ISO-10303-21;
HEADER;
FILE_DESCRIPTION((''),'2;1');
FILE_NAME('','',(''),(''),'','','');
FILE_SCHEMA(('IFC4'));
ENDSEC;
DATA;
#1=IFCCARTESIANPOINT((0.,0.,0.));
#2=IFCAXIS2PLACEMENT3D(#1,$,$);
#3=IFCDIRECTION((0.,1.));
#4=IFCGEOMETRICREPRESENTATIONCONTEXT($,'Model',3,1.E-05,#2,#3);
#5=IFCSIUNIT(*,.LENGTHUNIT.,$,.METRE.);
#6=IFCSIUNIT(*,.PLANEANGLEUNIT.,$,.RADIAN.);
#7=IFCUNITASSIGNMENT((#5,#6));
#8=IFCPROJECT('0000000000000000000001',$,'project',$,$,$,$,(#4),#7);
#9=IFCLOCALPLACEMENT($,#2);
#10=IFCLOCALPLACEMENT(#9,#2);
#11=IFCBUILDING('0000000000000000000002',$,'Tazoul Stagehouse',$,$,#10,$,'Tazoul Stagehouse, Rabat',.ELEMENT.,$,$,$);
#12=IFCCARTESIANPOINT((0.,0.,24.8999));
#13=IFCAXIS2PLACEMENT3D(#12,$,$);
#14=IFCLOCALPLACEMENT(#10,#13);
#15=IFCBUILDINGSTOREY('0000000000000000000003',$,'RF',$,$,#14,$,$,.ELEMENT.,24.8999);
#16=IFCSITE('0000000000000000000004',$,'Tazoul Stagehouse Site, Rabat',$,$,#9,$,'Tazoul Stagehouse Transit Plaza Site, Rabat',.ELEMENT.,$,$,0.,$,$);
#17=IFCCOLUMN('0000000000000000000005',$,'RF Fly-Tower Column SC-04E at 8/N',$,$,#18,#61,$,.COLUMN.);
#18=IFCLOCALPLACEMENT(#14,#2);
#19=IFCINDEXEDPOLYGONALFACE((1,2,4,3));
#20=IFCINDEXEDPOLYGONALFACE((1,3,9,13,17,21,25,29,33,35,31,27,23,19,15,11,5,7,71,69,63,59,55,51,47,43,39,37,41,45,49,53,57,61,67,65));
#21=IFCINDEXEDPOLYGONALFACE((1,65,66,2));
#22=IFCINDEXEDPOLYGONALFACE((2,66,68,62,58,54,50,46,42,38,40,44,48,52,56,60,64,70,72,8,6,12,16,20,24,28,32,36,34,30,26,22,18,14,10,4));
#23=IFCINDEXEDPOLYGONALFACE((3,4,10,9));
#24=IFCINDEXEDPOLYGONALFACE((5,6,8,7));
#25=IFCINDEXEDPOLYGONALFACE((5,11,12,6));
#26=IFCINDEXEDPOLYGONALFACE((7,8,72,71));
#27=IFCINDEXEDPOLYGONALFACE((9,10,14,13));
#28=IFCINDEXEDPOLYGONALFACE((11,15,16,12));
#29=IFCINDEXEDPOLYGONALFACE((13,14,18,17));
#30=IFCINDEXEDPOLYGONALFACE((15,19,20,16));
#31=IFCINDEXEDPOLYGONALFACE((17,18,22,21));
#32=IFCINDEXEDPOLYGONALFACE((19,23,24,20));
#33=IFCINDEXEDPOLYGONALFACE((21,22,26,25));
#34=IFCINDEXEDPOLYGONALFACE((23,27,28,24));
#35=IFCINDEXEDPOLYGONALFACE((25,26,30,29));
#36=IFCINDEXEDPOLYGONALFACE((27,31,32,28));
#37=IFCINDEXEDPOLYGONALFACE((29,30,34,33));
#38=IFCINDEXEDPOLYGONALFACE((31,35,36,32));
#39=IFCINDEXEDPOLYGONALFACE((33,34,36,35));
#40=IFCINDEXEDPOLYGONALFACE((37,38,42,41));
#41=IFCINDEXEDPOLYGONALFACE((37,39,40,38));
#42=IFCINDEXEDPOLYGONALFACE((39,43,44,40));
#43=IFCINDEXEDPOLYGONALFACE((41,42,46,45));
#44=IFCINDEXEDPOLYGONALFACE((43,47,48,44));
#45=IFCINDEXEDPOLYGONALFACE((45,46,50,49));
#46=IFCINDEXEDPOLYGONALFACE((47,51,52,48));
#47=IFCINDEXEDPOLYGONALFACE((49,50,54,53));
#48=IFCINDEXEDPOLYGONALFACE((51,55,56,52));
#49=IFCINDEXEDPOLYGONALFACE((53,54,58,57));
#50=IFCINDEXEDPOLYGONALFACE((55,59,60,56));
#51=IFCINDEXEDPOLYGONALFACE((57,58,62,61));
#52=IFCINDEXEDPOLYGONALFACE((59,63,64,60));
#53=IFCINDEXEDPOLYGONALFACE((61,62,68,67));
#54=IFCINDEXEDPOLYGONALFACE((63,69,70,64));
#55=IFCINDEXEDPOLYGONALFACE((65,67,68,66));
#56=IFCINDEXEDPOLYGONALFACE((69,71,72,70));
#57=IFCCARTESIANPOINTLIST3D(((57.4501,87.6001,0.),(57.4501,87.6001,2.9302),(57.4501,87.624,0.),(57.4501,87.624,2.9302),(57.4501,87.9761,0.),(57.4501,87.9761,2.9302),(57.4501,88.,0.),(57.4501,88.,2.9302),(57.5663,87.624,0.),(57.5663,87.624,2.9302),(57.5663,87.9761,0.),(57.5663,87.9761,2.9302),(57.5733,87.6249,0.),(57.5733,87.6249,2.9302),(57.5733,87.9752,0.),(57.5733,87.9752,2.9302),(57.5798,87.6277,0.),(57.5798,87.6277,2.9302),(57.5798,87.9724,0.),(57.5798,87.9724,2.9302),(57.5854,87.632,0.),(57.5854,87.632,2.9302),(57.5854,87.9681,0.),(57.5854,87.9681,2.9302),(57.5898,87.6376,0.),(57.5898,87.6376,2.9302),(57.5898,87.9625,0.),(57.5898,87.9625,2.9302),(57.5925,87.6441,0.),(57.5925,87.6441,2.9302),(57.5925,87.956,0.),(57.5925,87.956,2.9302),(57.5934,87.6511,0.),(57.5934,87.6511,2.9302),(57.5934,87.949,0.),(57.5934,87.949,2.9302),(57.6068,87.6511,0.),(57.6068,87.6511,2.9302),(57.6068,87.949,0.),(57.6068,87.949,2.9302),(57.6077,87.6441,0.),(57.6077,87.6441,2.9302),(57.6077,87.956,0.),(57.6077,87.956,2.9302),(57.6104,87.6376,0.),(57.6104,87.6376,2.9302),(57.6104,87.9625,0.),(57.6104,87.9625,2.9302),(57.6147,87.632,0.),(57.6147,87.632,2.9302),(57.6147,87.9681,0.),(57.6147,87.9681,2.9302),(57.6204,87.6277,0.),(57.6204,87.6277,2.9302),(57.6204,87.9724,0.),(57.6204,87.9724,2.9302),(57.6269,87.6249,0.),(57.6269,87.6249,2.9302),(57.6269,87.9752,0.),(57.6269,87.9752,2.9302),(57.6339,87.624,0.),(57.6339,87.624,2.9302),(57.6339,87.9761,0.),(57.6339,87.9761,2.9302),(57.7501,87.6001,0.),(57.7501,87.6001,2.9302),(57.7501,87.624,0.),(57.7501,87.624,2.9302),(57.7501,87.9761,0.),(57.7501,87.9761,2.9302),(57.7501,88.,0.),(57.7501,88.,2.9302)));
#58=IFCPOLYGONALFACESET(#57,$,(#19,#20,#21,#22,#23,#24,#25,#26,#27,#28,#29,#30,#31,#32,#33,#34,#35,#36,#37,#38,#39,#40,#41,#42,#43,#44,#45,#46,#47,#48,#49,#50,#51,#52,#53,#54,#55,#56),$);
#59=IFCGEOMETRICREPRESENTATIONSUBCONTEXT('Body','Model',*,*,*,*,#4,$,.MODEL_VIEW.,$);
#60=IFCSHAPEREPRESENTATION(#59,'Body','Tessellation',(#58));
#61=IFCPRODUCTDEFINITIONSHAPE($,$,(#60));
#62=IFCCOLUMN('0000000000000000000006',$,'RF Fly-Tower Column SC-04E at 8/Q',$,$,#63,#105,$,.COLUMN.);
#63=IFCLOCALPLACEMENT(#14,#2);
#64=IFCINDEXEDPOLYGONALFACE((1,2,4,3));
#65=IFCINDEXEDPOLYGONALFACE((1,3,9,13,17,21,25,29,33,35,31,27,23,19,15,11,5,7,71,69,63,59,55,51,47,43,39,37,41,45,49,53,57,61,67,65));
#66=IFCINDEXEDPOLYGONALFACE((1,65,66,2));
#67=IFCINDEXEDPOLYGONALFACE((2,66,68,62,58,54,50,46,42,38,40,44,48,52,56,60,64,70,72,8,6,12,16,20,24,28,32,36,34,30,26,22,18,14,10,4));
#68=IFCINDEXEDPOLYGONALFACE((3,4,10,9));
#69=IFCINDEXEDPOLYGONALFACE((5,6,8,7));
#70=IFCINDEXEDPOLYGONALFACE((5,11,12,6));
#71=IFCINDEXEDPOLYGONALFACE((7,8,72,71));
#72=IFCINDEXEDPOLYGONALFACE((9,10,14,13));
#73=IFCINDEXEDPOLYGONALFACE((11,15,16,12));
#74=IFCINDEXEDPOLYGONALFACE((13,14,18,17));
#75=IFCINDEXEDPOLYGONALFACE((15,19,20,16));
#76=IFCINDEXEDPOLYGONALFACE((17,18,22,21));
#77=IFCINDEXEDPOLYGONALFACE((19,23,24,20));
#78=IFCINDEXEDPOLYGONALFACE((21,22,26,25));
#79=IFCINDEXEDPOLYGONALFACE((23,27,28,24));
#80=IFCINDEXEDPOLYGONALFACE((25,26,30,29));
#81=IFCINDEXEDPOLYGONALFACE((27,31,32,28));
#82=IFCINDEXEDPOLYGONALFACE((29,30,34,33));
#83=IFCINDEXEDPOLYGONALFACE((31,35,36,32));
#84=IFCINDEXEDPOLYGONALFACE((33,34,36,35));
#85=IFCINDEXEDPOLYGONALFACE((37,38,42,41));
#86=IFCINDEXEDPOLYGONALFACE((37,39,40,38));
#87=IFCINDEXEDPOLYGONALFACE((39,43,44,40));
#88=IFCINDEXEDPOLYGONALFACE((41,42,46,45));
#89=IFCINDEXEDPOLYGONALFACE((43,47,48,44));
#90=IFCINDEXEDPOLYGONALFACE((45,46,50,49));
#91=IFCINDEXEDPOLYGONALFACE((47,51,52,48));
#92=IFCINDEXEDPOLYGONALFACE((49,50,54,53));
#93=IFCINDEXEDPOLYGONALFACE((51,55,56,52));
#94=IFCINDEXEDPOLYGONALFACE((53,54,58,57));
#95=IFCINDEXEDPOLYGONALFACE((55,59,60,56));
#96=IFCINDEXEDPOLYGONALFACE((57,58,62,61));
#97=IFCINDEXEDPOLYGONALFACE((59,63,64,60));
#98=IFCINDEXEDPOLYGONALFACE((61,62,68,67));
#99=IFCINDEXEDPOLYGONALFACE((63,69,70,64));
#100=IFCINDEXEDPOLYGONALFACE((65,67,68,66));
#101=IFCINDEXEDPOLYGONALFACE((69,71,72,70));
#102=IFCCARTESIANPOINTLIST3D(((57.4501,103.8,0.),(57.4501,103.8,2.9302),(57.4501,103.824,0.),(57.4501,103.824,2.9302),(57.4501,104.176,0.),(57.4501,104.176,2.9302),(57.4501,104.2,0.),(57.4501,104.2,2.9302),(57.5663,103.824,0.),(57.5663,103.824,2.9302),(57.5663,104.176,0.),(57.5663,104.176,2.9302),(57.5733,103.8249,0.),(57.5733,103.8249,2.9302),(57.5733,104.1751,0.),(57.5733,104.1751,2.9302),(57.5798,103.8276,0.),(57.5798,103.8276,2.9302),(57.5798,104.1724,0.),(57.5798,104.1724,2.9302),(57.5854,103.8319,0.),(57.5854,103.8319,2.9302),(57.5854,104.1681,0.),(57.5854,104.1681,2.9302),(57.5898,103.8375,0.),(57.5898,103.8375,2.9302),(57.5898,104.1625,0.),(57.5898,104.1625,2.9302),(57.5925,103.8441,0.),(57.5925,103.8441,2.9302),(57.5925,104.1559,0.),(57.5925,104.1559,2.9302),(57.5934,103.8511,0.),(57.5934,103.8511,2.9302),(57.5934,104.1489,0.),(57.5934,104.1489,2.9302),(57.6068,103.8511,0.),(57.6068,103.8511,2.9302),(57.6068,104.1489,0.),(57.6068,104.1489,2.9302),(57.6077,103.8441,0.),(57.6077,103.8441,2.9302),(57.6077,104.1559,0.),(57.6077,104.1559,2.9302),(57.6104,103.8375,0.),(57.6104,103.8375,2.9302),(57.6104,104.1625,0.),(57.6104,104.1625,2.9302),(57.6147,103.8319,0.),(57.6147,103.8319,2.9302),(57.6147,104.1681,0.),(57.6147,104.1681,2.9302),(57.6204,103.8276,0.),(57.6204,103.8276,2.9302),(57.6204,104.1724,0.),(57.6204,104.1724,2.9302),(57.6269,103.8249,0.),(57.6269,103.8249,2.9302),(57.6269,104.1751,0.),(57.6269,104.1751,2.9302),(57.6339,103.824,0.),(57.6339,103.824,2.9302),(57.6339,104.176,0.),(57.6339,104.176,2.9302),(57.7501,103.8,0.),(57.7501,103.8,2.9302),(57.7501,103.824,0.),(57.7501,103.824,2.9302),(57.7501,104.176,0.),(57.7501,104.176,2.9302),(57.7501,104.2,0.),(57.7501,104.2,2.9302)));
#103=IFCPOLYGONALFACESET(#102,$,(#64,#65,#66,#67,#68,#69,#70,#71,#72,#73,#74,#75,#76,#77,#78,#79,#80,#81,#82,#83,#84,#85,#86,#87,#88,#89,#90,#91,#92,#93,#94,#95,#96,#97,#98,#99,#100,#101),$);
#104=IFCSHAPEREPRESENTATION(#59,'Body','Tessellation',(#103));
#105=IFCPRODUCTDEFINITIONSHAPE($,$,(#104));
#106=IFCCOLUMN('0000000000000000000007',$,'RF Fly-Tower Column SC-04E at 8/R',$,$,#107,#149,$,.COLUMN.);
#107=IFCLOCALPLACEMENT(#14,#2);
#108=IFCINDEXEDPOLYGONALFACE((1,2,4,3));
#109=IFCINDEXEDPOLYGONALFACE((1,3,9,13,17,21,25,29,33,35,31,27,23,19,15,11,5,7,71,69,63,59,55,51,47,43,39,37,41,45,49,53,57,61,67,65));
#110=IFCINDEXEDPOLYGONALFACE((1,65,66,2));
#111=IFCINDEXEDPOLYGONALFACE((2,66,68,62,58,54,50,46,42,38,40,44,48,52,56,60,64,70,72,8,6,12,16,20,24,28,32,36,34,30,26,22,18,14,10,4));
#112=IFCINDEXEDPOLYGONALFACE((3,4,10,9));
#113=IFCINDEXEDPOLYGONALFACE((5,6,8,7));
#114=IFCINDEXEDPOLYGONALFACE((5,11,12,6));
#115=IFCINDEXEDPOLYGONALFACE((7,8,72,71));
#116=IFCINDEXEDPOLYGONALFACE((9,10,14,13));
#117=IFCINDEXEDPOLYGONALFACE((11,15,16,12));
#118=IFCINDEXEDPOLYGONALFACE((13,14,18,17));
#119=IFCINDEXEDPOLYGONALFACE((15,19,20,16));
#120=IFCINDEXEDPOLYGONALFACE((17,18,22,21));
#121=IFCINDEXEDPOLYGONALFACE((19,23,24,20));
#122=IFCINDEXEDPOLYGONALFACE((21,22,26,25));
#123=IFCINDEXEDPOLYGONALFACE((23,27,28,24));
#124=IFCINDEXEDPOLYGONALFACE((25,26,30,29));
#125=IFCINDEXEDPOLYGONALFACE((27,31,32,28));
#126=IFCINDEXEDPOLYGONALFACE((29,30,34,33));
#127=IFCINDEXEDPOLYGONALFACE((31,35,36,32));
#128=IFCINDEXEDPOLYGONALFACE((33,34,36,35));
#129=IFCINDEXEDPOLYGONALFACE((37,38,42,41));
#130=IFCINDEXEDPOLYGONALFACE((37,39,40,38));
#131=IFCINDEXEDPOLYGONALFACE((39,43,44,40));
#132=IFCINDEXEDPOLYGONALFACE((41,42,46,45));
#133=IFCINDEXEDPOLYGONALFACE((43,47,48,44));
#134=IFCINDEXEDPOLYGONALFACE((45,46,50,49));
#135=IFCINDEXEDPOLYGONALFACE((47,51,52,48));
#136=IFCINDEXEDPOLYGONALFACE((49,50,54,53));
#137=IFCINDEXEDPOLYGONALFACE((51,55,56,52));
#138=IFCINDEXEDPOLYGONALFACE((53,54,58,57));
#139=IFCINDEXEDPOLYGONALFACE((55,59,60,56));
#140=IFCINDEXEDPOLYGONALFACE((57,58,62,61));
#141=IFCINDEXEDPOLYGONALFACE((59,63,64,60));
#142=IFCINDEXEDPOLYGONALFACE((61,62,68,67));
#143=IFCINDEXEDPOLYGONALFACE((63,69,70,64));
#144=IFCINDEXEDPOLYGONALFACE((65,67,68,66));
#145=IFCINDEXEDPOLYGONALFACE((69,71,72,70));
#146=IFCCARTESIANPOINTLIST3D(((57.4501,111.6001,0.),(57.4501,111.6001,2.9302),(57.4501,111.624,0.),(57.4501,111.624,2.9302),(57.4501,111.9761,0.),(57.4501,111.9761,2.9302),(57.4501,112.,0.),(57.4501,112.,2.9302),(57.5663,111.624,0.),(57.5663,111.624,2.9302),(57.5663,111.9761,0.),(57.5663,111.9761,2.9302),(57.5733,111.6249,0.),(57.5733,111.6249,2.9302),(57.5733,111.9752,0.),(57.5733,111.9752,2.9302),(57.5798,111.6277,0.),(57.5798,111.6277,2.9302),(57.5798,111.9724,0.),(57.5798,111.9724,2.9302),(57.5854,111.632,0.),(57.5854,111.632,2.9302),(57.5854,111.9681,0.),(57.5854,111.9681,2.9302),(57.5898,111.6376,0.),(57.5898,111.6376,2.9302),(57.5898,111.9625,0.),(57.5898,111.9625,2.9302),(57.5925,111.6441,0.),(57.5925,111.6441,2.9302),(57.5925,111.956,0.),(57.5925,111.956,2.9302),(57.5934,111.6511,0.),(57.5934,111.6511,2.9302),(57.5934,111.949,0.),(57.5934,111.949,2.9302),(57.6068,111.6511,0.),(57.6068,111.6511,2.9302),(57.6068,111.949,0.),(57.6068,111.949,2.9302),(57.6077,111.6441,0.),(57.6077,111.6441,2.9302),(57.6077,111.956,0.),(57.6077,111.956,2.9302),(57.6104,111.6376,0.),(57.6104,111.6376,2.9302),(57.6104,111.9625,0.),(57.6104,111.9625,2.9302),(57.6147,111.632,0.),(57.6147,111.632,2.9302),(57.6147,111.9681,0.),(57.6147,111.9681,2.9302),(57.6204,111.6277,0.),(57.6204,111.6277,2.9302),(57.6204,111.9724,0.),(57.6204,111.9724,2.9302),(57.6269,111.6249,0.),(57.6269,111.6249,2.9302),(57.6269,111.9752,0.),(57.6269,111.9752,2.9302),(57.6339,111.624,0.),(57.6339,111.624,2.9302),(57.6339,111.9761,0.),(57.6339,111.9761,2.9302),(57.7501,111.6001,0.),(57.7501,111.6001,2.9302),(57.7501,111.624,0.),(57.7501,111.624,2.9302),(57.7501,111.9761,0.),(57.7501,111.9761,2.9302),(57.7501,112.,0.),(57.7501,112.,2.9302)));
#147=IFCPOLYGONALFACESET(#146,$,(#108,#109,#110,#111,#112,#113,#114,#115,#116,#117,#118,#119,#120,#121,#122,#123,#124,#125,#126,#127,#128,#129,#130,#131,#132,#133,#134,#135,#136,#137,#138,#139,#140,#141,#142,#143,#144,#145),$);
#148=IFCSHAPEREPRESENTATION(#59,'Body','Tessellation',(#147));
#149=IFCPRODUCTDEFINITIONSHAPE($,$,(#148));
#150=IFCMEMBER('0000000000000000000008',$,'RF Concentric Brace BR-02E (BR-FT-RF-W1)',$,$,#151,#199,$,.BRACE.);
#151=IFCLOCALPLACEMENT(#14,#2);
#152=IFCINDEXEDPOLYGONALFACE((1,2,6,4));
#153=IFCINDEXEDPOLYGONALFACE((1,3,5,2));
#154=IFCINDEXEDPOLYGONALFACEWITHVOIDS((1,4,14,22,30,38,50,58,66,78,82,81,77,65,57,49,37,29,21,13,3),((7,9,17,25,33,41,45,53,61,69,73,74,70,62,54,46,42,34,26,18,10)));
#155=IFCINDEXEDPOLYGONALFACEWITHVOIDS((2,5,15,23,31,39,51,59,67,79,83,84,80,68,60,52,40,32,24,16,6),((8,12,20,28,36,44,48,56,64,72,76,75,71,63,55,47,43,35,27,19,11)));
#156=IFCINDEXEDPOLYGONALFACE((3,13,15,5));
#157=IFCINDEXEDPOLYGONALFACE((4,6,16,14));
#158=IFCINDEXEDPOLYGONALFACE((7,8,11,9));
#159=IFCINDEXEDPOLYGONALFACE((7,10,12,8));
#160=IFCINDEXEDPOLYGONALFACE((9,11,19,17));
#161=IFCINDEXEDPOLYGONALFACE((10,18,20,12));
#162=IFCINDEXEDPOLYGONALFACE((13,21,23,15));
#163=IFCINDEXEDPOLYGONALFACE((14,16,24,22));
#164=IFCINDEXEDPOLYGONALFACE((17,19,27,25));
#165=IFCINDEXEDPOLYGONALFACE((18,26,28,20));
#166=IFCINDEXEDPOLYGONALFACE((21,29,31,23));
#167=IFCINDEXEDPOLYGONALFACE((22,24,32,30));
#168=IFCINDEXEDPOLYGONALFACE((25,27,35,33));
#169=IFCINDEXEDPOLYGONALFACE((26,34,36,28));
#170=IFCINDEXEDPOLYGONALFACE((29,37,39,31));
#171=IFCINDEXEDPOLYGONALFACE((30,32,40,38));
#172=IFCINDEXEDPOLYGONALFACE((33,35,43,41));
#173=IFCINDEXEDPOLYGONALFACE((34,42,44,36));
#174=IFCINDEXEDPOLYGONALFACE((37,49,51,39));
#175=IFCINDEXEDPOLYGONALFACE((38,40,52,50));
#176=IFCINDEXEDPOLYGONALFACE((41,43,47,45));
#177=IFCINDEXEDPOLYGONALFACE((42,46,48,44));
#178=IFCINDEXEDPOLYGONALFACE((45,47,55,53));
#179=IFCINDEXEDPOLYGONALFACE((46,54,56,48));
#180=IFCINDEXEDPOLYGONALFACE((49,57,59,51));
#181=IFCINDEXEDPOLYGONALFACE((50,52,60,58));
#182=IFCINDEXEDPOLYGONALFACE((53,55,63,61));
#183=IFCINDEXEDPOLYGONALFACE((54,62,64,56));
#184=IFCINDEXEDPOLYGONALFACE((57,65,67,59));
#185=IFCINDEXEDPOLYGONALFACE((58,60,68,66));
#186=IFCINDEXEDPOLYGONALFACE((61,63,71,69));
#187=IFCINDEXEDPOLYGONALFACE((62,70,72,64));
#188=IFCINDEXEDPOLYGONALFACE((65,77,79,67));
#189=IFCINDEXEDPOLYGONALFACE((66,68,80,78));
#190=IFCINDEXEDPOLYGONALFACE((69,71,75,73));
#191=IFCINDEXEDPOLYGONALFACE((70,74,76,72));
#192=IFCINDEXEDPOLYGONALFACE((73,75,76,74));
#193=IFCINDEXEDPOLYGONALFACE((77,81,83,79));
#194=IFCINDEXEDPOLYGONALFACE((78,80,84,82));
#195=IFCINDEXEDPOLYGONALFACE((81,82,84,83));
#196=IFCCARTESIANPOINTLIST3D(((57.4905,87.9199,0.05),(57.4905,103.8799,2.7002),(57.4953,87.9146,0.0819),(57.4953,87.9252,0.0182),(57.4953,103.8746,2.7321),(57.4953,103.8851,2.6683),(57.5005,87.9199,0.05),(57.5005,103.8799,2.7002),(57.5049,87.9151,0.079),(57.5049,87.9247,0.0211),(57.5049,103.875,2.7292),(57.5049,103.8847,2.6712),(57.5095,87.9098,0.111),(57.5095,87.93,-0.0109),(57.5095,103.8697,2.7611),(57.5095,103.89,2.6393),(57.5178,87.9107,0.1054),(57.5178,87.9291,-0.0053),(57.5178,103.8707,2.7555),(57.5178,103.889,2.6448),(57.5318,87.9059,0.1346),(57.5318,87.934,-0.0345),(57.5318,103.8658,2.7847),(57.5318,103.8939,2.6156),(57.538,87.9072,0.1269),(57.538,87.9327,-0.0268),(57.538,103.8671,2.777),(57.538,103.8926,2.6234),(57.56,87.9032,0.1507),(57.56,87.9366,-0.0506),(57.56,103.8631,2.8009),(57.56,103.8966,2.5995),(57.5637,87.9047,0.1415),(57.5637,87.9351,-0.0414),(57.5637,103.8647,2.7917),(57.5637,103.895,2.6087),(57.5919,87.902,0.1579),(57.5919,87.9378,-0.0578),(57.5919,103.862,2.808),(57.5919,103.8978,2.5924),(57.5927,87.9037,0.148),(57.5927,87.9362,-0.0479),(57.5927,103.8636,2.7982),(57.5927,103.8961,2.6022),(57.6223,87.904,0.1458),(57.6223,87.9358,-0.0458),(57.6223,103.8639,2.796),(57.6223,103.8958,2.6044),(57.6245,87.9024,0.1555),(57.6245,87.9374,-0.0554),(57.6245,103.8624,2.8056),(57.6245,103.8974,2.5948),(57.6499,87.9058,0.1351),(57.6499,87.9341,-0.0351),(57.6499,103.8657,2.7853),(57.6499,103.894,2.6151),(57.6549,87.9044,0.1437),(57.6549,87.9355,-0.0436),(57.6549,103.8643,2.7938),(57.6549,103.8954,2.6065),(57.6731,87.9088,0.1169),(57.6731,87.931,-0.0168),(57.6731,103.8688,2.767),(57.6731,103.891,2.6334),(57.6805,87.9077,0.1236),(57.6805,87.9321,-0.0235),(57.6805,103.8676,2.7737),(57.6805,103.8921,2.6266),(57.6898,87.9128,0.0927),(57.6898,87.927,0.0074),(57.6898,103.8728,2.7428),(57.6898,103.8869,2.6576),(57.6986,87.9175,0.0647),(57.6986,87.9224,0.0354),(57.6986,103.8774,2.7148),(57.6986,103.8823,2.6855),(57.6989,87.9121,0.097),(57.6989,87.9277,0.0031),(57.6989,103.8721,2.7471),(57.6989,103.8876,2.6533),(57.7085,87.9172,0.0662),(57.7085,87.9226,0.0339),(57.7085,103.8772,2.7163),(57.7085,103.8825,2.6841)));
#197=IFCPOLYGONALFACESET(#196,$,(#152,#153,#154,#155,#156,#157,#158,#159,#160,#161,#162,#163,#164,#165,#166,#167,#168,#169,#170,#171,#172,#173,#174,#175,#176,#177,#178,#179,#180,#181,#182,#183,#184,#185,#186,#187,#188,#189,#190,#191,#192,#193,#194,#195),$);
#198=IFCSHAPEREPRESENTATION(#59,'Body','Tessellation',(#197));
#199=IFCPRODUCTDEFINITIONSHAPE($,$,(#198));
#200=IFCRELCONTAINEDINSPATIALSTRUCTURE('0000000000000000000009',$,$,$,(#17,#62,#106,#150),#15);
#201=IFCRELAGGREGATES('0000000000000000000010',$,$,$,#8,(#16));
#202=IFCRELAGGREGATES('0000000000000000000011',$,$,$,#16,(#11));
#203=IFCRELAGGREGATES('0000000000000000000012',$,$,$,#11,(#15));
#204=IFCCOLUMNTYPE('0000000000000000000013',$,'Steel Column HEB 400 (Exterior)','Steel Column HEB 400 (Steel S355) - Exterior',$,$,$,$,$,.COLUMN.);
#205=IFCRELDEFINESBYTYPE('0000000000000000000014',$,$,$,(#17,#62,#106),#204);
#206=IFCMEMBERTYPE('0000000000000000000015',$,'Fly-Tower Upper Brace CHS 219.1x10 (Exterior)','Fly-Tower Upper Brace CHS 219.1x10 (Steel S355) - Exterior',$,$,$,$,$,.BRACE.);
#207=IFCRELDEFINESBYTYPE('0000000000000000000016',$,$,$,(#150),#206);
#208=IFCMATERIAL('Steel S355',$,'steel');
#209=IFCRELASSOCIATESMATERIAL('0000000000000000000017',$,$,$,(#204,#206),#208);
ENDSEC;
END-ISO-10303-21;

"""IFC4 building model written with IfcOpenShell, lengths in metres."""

from ifc_helpers import new_model, si_unit, direction, frame, origin, origin_2d, place, context, subcontext, project, spatial, hollow_circle, i_section, extrude, material, material_profile, profile_set, type_object, element, save


model = new_model("IFC4")

# Units and contexts
model_context = context("Model", 3, precision=1e-05, world=origin(), true_north=direction((0.0, 1.0)))
body_context = subcontext(model_context, "Body", "Model", "MODEL_VIEW")
ifc_project = project(units=[si_unit("LENGTHUNIT", "METRE"), si_unit("PLANEANGLEUNIT", "RADIAN")], contexts=[model_context])

# Site, building, storey
site_placement = place(None, origin())
site = spatial("IfcSite", under=ifc_project, at=site_placement, Name="Tazoul Stagehouse Site, Rabat", LongName="Tazoul Stagehouse Transit Plaza Site, Rabat", CompositionType="ELEMENT", RefElevation=0.0)
building_placement = place(site_placement, origin())
building = spatial("IfcBuilding", under=site, at=building_placement, Name="Tazoul Stagehouse", LongName="Tazoul Stagehouse, Rabat", CompositionType="ELEMENT")
storey_placement = place(building_placement, frame((0.0, 0.0, 24.8999)))
storey = spatial("IfcBuildingStorey", under=building, at=storey_placement, Name="RF", CompositionType="ELEMENT", Elevation=24.8999)

# Columns
ifc_material_1 = material(Name="Steel S355", Category="steel")
ifc_material_profile_1 = material_profile(ifc_material_1, i_section(OverallWidth=0.3, OverallDepth=0.3999, WebThickness=0.0134, FlangeThickness=0.0239, FilletRadius=0.0271, at=origin_2d()), Name="HEB 400")
ifc_profile_set_1 = profile_set([ifc_material_profile_1], Name="Steel S355")
column_type = type_object("IfcColumnType", Name="Steel Column HEB 400 (Exterior)", Description="Steel Column HEB 400 (Steel S355) - Exterior", PredefinedType="COLUMN", material=ifc_profile_set_1)
for number, where, z_axis, x_axis, name in (
    (1, (57.6001, 87.8, 0.0), (0.0, 0.0, 1.0), (1.0, 0.0, 0.0), "RF Fly-Tower Column SC-04E at 8/N"),
    (2, (57.6001, 104.0, 0.0), (0.0, 0.0, 1.0), (1.0, 0.0, 0.0), "RF Fly-Tower Column SC-04E at 8/Q"),
    (3, (57.6001, 111.8, 0.0), (0.0, 0.0, 1.0), (1.0, 0.0, 0.0), "RF Fly-Tower Column SC-04E at 8/R"),
):
    element("IfcColumn", number, at=place(storey_placement, frame(where, z_axis=z_axis, x_axis=x_axis)), inside=storey, type_object=column_type, Name=name, PredefinedType="COLUMN", context=body_context, shape_type="SweptSolid", body=[
        extrude(i_section(OverallWidth=0.3, OverallDepth=0.3999, WebThickness=0.0134, FlangeThickness=0.0239, FilletRadius=0.0271, at=origin_2d()), origin(), (0.0, 0.0, 1.0), 2.9302),
    ])

# Member
ifc_material_profile_2 = material_profile(ifc_material_1, hollow_circle(Radius=0.1096, WallThickness=0.01, at=origin_2d()), Name="CHS 219.1x10")
ifc_profile_set_2 = profile_set([ifc_material_profile_2], Name="Steel S355")
member_type_1 = type_object("IfcMemberType", Name="Fly-Tower Upper Brace CHS 219.1x10 (Exterior)", Description="Fly-Tower Upper Brace CHS 219.1x10 (Steel S355) - Exterior", PredefinedType="BRACE", material=ifc_profile_set_2)
member_1_placement = place(storey_placement, frame((57.6001, 87.9199, 0.05), z_axis=(0.0, 0.986492, 0.163807), x_axis=(-1.0, 0.0, 0.0)))
element("IfcMember", 4, at=member_1_placement, inside=storey, type_object=member_type_1, Name="RF Concentric Brace BR-02E (BR-FT-RF-W1)", PredefinedType="BRACE", context=body_context, shape_type="SweptSolid", body=[
    extrude(hollow_circle(Radius=0.1096, WallThickness=0.01, at=origin_2d()), origin(), (0.0, 0.0, 1.0), 16.1785),
])

save(model, "model.ifc")
